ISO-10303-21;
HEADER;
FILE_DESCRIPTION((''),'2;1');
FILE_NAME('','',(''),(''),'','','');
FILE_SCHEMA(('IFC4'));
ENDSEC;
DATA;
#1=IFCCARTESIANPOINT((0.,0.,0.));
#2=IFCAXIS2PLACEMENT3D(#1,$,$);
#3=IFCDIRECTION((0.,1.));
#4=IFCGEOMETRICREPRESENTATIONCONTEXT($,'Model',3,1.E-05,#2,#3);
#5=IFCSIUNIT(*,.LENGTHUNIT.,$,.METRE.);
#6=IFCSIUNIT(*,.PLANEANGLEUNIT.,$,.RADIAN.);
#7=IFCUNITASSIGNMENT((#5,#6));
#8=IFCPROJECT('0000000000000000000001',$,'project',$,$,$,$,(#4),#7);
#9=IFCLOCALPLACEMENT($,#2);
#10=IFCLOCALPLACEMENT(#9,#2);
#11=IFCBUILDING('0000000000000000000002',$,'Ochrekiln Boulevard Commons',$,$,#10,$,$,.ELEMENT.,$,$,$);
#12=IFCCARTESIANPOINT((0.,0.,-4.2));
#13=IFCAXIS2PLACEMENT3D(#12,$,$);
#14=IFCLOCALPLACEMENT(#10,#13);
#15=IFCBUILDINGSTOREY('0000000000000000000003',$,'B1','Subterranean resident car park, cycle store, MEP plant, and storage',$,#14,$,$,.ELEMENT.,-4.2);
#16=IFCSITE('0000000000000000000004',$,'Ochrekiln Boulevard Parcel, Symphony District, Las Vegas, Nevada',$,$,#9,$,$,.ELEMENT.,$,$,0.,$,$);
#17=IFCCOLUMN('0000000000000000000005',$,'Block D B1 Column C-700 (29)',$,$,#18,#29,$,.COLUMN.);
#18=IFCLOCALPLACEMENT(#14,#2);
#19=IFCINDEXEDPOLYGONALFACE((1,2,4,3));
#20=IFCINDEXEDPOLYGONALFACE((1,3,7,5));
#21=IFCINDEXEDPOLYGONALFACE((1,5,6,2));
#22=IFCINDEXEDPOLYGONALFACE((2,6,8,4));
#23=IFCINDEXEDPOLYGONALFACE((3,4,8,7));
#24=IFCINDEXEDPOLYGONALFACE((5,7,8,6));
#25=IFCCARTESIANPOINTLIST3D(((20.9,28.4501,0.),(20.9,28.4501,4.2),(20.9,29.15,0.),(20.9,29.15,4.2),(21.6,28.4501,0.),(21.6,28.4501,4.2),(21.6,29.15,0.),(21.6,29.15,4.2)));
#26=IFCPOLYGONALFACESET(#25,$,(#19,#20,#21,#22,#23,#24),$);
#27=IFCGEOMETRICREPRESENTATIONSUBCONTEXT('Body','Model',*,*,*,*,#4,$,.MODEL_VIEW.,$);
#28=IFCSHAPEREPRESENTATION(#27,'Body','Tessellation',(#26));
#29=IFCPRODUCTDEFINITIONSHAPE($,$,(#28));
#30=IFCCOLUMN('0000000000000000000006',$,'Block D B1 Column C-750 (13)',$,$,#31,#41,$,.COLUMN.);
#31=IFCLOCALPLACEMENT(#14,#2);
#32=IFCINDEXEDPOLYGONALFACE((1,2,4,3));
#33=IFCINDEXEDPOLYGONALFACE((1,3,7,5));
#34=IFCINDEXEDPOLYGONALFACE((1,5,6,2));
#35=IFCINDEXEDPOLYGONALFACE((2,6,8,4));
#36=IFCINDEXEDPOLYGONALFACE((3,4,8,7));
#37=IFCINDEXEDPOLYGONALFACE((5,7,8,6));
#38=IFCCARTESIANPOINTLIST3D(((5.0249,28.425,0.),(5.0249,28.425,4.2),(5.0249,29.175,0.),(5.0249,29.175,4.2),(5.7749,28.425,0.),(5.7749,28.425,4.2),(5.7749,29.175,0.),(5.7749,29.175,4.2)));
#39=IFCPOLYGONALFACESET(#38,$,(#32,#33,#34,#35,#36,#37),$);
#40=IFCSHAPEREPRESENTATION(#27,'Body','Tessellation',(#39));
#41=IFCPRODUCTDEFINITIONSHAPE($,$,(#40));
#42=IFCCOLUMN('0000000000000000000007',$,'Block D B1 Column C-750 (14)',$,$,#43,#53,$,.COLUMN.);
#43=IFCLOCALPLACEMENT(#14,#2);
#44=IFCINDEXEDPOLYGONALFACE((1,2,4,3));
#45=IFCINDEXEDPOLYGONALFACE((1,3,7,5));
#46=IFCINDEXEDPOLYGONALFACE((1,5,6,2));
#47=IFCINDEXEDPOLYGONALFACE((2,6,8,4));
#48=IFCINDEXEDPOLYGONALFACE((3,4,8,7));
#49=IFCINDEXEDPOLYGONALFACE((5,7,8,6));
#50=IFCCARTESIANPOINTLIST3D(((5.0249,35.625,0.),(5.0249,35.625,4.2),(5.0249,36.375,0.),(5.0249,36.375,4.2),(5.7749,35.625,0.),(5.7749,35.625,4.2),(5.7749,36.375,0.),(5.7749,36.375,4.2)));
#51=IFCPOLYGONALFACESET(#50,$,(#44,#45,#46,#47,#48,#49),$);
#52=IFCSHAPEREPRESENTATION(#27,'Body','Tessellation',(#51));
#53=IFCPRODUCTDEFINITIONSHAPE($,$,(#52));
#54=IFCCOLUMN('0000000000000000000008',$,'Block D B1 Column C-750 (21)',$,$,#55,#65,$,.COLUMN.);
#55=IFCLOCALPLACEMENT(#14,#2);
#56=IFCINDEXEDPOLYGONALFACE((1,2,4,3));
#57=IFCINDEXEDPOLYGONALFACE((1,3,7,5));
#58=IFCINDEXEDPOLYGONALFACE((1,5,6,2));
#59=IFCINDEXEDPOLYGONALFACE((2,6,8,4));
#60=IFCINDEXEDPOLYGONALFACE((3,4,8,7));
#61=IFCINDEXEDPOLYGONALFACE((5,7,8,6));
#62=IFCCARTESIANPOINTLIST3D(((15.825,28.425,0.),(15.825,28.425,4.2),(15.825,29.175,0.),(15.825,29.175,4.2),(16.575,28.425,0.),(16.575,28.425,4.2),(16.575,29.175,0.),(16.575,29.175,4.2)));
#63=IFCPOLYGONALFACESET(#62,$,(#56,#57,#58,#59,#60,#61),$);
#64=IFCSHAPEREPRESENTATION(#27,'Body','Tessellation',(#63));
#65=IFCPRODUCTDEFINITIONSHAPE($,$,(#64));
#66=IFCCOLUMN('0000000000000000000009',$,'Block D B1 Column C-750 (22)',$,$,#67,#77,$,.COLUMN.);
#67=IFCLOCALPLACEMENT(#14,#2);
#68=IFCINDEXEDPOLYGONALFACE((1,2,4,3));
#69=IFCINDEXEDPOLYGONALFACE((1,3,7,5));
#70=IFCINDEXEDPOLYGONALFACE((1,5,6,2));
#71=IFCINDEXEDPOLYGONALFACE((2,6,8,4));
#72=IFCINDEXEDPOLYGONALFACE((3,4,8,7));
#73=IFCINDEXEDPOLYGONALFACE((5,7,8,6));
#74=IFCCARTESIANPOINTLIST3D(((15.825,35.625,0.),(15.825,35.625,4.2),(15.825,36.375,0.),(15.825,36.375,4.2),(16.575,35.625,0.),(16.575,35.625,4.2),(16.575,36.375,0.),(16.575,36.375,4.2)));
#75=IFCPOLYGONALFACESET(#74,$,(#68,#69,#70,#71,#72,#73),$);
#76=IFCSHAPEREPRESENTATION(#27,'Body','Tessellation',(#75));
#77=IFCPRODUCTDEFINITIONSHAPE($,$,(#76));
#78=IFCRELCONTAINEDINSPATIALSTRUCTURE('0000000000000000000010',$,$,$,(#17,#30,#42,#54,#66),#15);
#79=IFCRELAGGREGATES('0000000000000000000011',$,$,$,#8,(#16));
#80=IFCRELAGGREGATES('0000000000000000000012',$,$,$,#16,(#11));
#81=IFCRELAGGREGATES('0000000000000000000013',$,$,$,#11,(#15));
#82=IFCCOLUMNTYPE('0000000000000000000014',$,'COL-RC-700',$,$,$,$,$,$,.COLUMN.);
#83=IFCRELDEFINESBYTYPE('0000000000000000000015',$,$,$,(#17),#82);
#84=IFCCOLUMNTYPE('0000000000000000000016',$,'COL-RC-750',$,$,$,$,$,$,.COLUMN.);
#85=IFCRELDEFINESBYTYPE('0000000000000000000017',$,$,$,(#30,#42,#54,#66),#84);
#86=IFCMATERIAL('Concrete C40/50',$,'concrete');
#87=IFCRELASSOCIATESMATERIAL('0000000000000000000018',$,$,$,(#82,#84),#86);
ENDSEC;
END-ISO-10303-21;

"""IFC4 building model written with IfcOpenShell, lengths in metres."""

from ifc_helpers import new_model, si_unit, direction, frame, origin, origin_2d, place, context, subcontext, project, spatial, rectangle, extrude, material, material_profile, profile_set, type_object, element, save


model = new_model("IFC4")

# Units and contexts
model_context = context("Model", 3, precision=1e-05, world=origin(), true_north=direction((0.0, 1.0)))
body_context = subcontext(model_context, "Body", "Model", "MODEL_VIEW")
ifc_project = project(units=[si_unit("LENGTHUNIT", "METRE"), si_unit("PLANEANGLEUNIT", "RADIAN")], contexts=[model_context])

# Site, building, storey
site_placement = place(None, origin())
site = spatial("IfcSite", under=ifc_project, at=site_placement, Name="Ochrekiln Boulevard Parcel, Symphony District, Las Vegas, Nevada", CompositionType="ELEMENT", RefElevation=0.0)
building_placement = place(site_placement, origin())
building = spatial("IfcBuilding", under=site, at=building_placement, Name="Ochrekiln Boulevard Commons", CompositionType="ELEMENT")
storey_placement = place(building_placement, frame((0.0, 0.0, -4.2)))
storey = spatial("IfcBuildingStorey", under=building, at=storey_placement, Name="B1", Description="Subterranean resident car park, cycle store, MEP plant, and storage", CompositionType="ELEMENT", Elevation=-4.2)

# Columns
ifc_material_1 = material(Name="Concrete C40/50", Category="concrete")
ifc_material_profile_1 = material_profile(ifc_material_1, rectangle(XDim=0.7, YDim=0.7, at=origin_2d()), Name="RC-COL-700x700")
ifc_profile_set_1 = profile_set([ifc_material_profile_1], Name="Concrete C40/50")
column_type_1 = type_object("IfcColumnType", Name="COL-RC-700", PredefinedType="COLUMN", material=ifc_profile_set_1)
for number, where, z_axis, x_axis, name in (
    (1, (21.25, 28.8, 0.0), (0.0, 0.0, 1.0), (1.0, 0.0, 0.0), "Block D B1 Column C-700 (29)"),
):
    element("IfcColumn", number, at=place(storey_placement, frame(where, z_axis=z_axis, x_axis=x_axis)), inside=storey, type_object=column_type_1, Name=name, PredefinedType="COLUMN", context=body_context, shape_type="SweptSolid", body=[
        extrude(rectangle(XDim=0.7, YDim=0.7, at=origin_2d()), origin(), (0.0, 0.0, 1.0), 4.2),
    ])
ifc_material_profile_2 = material_profile(ifc_material_1, rectangle(XDim=0.75, YDim=0.75, at=origin_2d()), Name="RC-COL-750x750")
ifc_profile_set_2 = profile_set([ifc_material_profile_2], Name="Concrete C40/50")
column_type_2 = type_object("IfcColumnType", Name="COL-RC-750", PredefinedType="COLUMN", material=ifc_profile_set_2)
for number, where, z_axis, x_axis, name in (
    (2, (5.3999, 28.8, 0.0), (0.0, 0.0, 1.0), (1.0, 0.0, 0.0), "Block D B1 Column C-750 (13)"),
    (3, (5.3999, 36.0, 0.0), (0.0, 0.0, 1.0), (1.0, 0.0, 0.0), "Block D B1 Column C-750 (14)"),
    (4, (16.2, 28.8, 0.0), (0.0, 0.0, 1.0), (1.0, 0.0, 0.0), "Block D B1 Column C-750 (21)"),
    (5, (16.2, 36.0, 0.0), (0.0, 0.0, 1.0), (1.0, 0.0, 0.0), "Block D B1 Column C-750 (22)"),
):
    element("IfcColumn", number, at=place(storey_placement, frame(where, z_axis=z_axis, x_axis=x_axis)), inside=storey, type_object=column_type_2, Name=name, PredefinedType="COLUMN", context=body_context, shape_type="SweptSolid", body=[
        extrude(rectangle(XDim=0.75, YDim=0.75, at=origin_2d()), origin(), (0.0, 0.0, 1.0), 4.2),
    ])

save(model, "model.ifc")
